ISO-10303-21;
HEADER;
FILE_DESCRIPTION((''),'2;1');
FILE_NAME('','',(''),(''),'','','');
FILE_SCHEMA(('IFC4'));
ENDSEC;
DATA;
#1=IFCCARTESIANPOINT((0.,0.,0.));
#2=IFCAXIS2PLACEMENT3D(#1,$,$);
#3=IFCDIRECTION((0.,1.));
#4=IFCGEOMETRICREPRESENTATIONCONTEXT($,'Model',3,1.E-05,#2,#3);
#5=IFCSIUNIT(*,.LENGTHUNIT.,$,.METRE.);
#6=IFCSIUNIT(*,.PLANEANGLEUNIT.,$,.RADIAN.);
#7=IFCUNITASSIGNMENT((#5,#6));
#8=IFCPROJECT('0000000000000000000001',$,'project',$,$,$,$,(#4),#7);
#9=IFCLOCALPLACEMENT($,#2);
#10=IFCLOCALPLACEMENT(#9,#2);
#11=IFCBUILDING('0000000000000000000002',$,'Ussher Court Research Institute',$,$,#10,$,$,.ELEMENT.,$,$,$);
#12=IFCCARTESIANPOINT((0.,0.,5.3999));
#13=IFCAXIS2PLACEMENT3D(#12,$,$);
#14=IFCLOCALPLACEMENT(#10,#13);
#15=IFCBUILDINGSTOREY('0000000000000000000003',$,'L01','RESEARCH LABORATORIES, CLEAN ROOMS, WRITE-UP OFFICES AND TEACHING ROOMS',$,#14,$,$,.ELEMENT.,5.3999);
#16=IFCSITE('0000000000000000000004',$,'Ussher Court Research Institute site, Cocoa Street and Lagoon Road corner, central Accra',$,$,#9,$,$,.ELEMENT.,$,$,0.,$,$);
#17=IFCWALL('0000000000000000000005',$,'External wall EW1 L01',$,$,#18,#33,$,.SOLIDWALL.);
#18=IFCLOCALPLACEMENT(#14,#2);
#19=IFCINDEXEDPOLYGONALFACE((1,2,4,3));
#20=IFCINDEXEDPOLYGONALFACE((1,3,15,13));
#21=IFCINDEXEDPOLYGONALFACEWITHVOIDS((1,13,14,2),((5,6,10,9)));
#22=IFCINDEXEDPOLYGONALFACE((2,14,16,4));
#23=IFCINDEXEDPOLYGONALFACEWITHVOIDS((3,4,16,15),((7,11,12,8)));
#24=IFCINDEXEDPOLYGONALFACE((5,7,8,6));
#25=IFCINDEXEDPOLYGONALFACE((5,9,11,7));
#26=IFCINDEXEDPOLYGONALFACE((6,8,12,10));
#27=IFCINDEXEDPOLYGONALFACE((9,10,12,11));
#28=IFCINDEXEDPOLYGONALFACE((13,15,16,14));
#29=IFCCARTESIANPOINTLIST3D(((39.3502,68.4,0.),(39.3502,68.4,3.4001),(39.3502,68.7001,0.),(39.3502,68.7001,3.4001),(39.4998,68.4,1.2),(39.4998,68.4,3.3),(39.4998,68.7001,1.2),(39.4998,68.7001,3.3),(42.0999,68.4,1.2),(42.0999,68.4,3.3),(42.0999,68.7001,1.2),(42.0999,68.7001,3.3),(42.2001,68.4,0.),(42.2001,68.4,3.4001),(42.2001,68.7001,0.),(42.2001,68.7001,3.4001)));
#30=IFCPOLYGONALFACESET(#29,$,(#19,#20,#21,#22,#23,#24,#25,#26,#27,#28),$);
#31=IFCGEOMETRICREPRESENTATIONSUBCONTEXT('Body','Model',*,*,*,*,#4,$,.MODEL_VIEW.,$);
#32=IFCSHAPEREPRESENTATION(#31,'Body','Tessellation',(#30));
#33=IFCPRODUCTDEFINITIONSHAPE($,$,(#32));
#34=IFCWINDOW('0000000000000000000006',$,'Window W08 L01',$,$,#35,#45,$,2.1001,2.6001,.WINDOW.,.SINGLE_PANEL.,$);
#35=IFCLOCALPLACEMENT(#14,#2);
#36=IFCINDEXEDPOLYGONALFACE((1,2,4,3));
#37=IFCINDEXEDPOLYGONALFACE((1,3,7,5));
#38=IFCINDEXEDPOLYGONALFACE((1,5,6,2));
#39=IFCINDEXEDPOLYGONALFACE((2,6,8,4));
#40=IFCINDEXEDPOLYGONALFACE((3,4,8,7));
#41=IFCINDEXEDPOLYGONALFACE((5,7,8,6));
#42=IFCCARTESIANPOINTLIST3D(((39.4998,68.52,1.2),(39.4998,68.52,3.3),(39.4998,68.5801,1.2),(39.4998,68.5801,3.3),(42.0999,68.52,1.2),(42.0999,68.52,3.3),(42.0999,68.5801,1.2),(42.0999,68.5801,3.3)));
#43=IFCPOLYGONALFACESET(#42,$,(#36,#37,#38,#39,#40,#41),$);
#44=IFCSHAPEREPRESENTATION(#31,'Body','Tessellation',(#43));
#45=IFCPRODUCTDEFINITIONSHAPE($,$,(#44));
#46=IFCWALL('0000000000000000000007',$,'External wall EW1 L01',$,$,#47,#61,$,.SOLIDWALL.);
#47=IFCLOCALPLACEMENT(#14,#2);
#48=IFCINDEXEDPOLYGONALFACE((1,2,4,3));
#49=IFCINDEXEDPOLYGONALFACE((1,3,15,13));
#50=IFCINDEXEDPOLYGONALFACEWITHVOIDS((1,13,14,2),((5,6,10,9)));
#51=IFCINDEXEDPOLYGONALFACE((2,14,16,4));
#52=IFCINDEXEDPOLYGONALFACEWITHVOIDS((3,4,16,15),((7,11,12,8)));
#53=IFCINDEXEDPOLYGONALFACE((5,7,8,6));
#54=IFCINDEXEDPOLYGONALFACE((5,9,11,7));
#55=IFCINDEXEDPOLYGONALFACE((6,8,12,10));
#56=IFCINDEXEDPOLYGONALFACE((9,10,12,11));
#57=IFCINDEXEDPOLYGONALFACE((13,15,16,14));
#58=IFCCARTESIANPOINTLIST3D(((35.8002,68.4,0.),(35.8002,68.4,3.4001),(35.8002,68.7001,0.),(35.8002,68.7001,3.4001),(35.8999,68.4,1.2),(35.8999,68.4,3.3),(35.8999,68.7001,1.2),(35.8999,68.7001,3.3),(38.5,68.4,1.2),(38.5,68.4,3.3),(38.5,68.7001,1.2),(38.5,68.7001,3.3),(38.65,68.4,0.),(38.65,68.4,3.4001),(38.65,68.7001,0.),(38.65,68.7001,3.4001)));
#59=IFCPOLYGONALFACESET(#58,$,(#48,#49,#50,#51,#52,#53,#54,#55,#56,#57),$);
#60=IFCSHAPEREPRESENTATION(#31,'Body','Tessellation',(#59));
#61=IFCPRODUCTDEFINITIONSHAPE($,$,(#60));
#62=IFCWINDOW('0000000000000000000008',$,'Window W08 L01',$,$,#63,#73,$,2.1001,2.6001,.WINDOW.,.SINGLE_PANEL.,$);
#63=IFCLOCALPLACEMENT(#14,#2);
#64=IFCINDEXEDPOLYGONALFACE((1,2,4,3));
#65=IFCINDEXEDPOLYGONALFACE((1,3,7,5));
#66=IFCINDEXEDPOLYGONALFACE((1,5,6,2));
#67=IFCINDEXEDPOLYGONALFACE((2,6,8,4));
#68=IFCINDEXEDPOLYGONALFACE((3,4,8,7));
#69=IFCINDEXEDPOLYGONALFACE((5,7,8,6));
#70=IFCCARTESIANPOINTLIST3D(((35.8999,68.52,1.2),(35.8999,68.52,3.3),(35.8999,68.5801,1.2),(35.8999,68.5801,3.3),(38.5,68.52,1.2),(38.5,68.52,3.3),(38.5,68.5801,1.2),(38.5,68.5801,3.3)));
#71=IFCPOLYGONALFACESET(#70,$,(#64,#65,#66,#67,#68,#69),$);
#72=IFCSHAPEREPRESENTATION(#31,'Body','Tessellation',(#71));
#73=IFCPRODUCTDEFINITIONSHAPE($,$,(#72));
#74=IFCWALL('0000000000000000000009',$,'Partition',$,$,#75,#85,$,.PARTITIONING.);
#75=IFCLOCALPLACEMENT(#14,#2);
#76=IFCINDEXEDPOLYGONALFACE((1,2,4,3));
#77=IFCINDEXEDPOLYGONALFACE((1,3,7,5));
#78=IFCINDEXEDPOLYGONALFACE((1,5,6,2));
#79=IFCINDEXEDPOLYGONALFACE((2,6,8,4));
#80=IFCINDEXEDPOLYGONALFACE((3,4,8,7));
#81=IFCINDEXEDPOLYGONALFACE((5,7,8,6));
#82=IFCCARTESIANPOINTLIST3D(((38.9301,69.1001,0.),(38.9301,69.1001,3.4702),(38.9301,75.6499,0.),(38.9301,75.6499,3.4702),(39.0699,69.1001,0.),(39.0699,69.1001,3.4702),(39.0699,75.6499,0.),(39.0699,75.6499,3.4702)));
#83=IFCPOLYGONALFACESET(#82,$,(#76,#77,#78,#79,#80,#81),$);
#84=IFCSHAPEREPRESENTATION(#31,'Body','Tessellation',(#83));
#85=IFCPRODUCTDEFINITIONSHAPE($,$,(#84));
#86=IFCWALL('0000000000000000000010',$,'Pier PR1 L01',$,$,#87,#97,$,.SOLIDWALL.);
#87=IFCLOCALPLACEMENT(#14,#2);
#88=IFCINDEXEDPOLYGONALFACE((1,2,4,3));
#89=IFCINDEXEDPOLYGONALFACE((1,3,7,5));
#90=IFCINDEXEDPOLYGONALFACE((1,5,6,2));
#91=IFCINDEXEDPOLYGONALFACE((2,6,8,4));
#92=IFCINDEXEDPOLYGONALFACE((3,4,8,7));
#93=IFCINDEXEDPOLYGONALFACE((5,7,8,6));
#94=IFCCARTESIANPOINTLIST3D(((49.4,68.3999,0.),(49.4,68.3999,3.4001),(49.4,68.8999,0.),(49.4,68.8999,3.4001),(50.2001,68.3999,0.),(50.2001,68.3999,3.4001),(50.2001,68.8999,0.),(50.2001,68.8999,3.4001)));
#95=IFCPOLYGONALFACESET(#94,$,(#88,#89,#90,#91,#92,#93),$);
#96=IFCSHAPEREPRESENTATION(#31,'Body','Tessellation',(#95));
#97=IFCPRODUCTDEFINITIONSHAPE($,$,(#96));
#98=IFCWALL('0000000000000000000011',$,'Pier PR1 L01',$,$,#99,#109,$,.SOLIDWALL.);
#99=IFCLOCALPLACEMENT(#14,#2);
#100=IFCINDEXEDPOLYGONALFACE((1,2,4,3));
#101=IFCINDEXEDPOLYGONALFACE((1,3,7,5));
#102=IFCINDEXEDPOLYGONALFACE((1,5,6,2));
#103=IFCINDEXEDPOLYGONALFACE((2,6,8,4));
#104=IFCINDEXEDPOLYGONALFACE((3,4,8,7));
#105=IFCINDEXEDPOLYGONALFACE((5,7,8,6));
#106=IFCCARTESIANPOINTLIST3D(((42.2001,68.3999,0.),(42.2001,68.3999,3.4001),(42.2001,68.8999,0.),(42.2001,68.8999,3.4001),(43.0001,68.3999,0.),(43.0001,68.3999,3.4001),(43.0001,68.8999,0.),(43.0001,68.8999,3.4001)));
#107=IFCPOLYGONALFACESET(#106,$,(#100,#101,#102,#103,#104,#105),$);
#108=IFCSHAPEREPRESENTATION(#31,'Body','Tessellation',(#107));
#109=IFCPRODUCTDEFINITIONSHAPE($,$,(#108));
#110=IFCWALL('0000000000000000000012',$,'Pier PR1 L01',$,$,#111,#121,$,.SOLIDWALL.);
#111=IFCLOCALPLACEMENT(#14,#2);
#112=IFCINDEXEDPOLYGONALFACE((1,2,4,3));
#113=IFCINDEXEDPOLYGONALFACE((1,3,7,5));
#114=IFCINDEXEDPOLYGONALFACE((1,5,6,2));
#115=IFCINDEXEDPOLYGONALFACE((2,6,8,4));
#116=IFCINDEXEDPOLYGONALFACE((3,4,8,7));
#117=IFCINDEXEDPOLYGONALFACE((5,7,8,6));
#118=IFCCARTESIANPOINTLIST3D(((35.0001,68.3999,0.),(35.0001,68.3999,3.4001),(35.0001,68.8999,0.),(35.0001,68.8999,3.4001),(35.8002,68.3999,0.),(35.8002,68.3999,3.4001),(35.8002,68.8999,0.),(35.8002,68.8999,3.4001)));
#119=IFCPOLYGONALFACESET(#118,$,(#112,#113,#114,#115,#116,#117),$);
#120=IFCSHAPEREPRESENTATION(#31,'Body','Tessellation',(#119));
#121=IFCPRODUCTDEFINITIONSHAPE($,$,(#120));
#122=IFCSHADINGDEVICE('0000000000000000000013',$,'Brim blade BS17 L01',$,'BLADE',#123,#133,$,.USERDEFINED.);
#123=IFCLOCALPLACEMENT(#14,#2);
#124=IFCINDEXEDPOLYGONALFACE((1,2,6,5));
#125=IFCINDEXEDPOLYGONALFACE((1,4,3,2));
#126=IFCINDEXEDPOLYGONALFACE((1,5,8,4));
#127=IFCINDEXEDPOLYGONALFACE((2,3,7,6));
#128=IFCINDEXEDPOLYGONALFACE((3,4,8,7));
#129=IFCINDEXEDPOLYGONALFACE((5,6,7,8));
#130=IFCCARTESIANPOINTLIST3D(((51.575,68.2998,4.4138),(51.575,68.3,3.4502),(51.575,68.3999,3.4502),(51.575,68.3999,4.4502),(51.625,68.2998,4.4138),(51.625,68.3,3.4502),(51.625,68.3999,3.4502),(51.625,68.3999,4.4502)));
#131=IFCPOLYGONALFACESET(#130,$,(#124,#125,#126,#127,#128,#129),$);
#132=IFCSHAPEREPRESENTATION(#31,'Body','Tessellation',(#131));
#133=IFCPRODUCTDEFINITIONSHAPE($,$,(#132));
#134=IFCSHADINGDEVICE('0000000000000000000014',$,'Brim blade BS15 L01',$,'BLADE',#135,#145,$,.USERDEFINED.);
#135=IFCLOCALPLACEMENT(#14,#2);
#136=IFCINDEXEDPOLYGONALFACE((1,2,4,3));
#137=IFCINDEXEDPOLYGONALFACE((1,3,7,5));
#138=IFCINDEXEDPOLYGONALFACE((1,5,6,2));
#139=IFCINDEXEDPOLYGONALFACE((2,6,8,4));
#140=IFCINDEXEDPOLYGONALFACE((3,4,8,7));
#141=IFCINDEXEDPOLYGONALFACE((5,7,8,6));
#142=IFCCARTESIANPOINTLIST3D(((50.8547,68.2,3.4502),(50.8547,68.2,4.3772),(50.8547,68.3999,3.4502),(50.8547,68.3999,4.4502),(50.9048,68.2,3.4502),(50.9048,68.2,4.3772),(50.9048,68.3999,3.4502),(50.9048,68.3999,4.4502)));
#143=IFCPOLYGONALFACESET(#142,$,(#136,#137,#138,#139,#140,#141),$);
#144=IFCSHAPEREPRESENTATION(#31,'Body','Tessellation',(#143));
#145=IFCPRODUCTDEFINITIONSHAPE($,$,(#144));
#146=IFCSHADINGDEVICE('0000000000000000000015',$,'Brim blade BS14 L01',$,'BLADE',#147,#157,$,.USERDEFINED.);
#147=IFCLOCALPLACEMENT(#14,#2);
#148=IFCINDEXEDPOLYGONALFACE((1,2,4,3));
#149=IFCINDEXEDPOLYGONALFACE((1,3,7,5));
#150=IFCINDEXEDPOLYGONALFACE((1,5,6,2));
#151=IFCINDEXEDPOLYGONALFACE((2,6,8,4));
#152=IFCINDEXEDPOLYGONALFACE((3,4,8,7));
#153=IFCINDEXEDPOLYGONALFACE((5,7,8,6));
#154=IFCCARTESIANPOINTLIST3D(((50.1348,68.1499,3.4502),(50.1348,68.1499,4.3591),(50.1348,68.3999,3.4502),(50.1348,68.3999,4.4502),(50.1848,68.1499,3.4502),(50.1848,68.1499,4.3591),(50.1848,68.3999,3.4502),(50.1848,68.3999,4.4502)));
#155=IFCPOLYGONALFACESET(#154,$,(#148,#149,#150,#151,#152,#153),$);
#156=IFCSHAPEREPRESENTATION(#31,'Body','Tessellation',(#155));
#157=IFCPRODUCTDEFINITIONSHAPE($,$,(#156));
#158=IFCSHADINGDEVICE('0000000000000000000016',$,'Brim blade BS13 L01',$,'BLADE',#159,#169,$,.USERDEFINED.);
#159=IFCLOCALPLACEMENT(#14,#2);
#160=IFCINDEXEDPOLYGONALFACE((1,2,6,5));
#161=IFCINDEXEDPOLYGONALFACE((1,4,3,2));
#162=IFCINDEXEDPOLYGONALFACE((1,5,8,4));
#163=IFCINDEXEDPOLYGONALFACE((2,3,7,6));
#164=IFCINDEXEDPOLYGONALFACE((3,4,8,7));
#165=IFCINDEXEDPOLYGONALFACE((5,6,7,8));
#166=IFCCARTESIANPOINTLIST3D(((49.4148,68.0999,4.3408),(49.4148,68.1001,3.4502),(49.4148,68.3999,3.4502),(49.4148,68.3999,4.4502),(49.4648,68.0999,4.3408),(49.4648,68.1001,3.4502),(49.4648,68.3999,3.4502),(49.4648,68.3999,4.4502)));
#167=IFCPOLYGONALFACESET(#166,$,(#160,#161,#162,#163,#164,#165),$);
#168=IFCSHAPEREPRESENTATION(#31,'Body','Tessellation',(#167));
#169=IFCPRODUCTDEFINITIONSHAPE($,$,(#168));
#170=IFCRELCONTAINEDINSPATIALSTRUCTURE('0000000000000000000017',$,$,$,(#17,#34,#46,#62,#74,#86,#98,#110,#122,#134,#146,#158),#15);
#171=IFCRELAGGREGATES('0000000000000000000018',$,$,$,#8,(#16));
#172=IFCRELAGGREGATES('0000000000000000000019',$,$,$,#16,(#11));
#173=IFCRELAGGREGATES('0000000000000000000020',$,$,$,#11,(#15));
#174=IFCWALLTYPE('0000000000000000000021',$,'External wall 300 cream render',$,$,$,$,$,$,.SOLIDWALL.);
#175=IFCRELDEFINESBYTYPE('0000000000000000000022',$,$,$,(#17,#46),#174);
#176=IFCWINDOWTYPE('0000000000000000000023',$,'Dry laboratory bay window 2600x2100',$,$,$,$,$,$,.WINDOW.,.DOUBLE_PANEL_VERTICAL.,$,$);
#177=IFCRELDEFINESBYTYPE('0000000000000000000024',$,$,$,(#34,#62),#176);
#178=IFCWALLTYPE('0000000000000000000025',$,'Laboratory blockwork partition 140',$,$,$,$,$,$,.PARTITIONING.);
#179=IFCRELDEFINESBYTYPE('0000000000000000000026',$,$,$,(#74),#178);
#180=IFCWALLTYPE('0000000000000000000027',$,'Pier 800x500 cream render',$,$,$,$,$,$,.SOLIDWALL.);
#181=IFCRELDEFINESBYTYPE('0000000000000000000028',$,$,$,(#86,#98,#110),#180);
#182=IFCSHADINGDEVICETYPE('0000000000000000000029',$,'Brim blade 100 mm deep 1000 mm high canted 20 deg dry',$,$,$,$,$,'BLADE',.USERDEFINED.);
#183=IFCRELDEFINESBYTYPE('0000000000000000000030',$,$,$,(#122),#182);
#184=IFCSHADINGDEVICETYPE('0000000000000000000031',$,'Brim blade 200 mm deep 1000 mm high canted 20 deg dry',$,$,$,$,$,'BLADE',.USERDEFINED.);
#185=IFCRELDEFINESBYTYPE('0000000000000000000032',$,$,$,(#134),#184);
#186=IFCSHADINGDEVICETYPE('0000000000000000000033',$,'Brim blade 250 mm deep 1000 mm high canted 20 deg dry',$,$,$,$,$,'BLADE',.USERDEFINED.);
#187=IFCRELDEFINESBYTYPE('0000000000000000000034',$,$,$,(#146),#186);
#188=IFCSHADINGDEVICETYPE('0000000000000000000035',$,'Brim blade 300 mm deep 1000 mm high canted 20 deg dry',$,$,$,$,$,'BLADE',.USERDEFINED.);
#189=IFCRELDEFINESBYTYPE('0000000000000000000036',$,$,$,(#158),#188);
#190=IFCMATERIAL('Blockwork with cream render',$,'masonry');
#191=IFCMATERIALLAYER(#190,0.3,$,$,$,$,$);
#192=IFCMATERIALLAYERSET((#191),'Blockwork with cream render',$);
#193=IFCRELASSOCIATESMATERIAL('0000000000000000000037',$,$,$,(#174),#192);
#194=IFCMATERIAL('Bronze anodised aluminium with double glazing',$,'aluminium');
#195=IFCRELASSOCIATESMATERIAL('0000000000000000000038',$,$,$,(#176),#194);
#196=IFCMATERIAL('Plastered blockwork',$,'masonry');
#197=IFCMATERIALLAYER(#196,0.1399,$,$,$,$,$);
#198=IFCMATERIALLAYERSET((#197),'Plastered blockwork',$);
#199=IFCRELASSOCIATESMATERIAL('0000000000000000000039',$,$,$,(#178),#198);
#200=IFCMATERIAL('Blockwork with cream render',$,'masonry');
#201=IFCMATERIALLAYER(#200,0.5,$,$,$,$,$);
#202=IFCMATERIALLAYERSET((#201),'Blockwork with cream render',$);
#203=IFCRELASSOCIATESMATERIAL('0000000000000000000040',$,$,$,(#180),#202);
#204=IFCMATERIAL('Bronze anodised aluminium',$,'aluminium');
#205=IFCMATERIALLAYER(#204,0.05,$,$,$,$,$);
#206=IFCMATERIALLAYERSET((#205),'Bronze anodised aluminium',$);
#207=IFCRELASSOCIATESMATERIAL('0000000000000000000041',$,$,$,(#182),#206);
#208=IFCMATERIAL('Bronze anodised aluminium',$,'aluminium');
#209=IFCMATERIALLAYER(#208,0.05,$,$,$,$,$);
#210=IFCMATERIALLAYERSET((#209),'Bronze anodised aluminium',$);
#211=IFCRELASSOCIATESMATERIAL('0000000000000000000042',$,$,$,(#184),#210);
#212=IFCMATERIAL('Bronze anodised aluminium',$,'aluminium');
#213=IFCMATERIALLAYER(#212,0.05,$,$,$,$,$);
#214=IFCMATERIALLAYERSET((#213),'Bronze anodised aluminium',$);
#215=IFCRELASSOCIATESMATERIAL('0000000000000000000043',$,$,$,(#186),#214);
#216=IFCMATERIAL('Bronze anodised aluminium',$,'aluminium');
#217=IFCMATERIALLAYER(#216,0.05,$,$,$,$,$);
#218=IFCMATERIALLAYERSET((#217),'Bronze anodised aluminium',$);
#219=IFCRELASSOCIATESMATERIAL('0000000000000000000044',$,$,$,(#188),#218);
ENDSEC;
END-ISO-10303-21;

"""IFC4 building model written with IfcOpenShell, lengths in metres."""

from ifc_helpers import new_model, si_unit, direction, frame, frame_2d, origin, place, context, subcontext, project, spatial, polyline, rectangle, outline, extrude, material, layer, layer_set, type_object, element, fill, save


model = new_model("IFC4")

# Units and contexts
model_context = context("Model", 3, precision=1e-05, world=origin(), true_north=direction((0.0, 1.0)))
body_context = subcontext(model_context, "Body", "Model", "MODEL_VIEW")
ifc_project = project(units=[si_unit("LENGTHUNIT", "METRE"), si_unit("PLANEANGLEUNIT", "RADIAN")], contexts=[model_context])

# Site, building, storey
site_placement = place(None, origin())
site = spatial("IfcSite", under=ifc_project, at=site_placement, Name="Ussher Court Research Institute site, Cocoa Street and Lagoon Road corner, central Accra", CompositionType="ELEMENT", RefElevation=0.0)
building_placement = place(site_placement, origin())
building = spatial("IfcBuilding", under=site, at=building_placement, Name="Ussher Court Research Institute", CompositionType="ELEMENT")
storey_placement = place(building_placement, frame((0.0, 0.0, 5.3999)))
storey = spatial("IfcBuildingStorey", under=building, at=storey_placement, Name="L01", Description="RESEARCH LABORATORIES, CLEAN ROOMS, WRITE-UP OFFICES AND TEACHING ROOMS", CompositionType="ELEMENT", Elevation=5.3999)

# Walls, openings, windows
ifc_material_1 = material(Name="Blockwork with cream render", Category="masonry")
ifc_layer_1 = layer(ifc_material_1, 0.3)
ifc_layer_set_1 = layer_set([ifc_layer_1], Name="Blockwork with cream render")
wall_type_1 = type_object("IfcWallType", Name="External wall 300 cream render", PredefinedType="SOLIDWALL", material=ifc_layer_set_1)
ifc_material_2 = material(Name="Bronze anodised aluminium with double glazing", Category="aluminium")
window_type = type_object("IfcWindowType", Name="Dry laboratory bay window 2600x2100", PartitioningType="DOUBLE_PANEL_VERTICAL", PredefinedType="WINDOW", material=ifc_material_2)
wall_1_placement = place(storey_placement, frame((42.2, 68.55, 0.0), z_axis=(0.0, 0.0, 1.0), x_axis=(-1.0, 0.0, 0.0)))
wall_1 = element("IfcWall", 1, at=wall_1_placement, inside=storey, type_object=wall_type_1, Name="External wall EW1 L01", PredefinedType="SOLIDWALL", context=body_context, shape_type="SweptSolid", body=[
    extrude(rectangle(XDim=2.8499, YDim=0.3, at=frame_2d((1.4248, 0.0))), origin(), (0.0, 0.0, 1.0), 3.4001),
])
opening_1_placement = place(wall_1_placement, frame((0.1001, 0.0, 1.2)))
opening_1 = element("IfcOpeningElement", 2, at=opening_1_placement, cuts=wall_1, PredefinedType="OPENING", context=body_context, shape_type="SweptSolid", body=[
    extrude(rectangle(XDim=2.6001, YDim=2.1001, at=frame_2d((1.3, 1.05))), frame((0.0, 0.1602, 0.0), z_axis=(0.0, -1.0, 0.0), x_axis=(1.0, 0.0, 0.0)), (0.0, 0.0, 1.0), 0.3201),
])
window_1_placement = place(opening_1_placement, origin())
window_1 = element("IfcWindow", 3, at=window_1_placement, inside=storey, type_object=window_type, Name="Window W08 L01", OverallHeight=2.1001, OverallWidth=2.6001, PartitioningType="SINGLE_PANEL", PredefinedType="WINDOW", context=body_context, shape_type="SweptSolid", body=[
    extrude(rectangle(XDim=2.6001, YDim=2.1001, at=frame_2d((1.3, 1.05))), frame((0.0, 0.03, 0.0), z_axis=(0.0, -1.0, 0.0), x_axis=(1.0, 0.0, 0.0)), (0.0, 0.0, 1.0), 0.0601),
])
fill(opening_1, window_1)
wall_2_placement = place(storey_placement, frame((38.6499, 68.55, 0.0), z_axis=(0.0, 0.0, 1.0), x_axis=(-1.0, 0.0, 0.0)))
wall_2 = element("IfcWall", 4, at=wall_2_placement, inside=storey, type_object=wall_type_1, Name="External wall EW1 L01", PredefinedType="SOLIDWALL", context=body_context, shape_type="SweptSolid", body=[
    extrude(rectangle(XDim=2.8499, YDim=0.3, at=frame_2d((1.4248, 0.0))), origin(), (0.0, 0.0, 1.0), 3.4001),
])
opening_2_placement = place(wall_2_placement, frame((0.1499, 0.0, 1.2)))
opening_2 = element("IfcOpeningElement", 5, at=opening_2_placement, cuts=wall_2, PredefinedType="OPENING", context=body_context, shape_type="SweptSolid", body=[
    extrude(rectangle(XDim=2.6001, YDim=2.1001, at=frame_2d((1.3, 1.05))), frame((0.0, 0.1602, 0.0), z_axis=(0.0, -1.0, 0.0), x_axis=(1.0, 0.0, 0.0)), (0.0, 0.0, 1.0), 0.3201),
])
window_2_placement = place(opening_2_placement, origin())
window_2 = element("IfcWindow", 6, at=window_2_placement, inside=storey, type_object=window_type, Name="Window W08 L01", OverallHeight=2.1001, OverallWidth=2.6001, PartitioningType="SINGLE_PANEL", PredefinedType="WINDOW", context=body_context, shape_type="SweptSolid", body=[
    extrude(rectangle(XDim=2.6001, YDim=2.1001, at=frame_2d((1.3, 1.05))), frame((0.0, 0.03, 0.0), z_axis=(0.0, -1.0, 0.0), x_axis=(1.0, 0.0, 0.0)), (0.0, 0.0, 1.0), 0.0601),
])
fill(opening_2, window_2)

# Walls
ifc_material_3 = material(Name="Plastered blockwork", Category="masonry")
ifc_layer_2 = layer(ifc_material_3, 0.1399)
ifc_layer_set_2 = layer_set([ifc_layer_2], Name="Plastered blockwork")
wall_type_2 = type_object("IfcWallType", Name="Laboratory blockwork partition 140", PredefinedType="PARTITIONING", material=ifc_layer_set_2)
wall_3_placement = place(storey_placement, frame((39.0, 69.1001, 0.0), z_axis=(0.0, 0.0, 1.0), x_axis=(0.0, 1.0, 0.0)))
element("IfcWall", 7, at=wall_3_placement, inside=storey, type_object=wall_type_2, Name="Partition", PredefinedType="PARTITIONING", context=body_context, shape_type="SweptSolid", body=[
    extrude(rectangle(XDim=6.5498, YDim=0.1399, at=frame_2d((3.2749, 0.0))), origin(), (0.0, 0.0, 1.0), 3.4702),
])
ifc_material_4 = material(Name="Blockwork with cream render", Category="masonry")
ifc_layer_3 = layer(ifc_material_4, 0.5)
ifc_layer_set_3 = layer_set([ifc_layer_3], Name="Blockwork with cream render")
wall_type_3 = type_object("IfcWallType", Name="Pier 800x500 cream render", PredefinedType="SOLIDWALL", material=ifc_layer_set_3)
for number, where, z_axis, x_axis, name in (
    (8, (50.2, 68.6499, 0.0), (0.0, 0.0, 1.0), (-1.0, 0.0, 0.0), "Pier PR1 L01"),
    (9, (43.0, 68.6499, 0.0), (0.0, 0.0, 1.0), (-1.0, 0.0, 0.0), "Pier PR1 L01"),
    (10, (35.8, 68.6499, 0.0), (0.0, 0.0, 1.0), (-1.0, 0.0, 0.0), "Pier PR1 L01"),
):
    element("IfcWall", number, at=place(storey_placement, frame(where, z_axis=z_axis, x_axis=x_axis)), inside=storey, type_object=wall_type_3, Name=name, PredefinedType="SOLIDWALL", context=body_context, shape_type="SweptSolid", body=[
        extrude(rectangle(XDim=0.8, YDim=0.5, at=frame_2d((0.3999, 0.0))), origin(), (0.0, 0.0, 1.0), 3.4001),
    ])

# Shading devices
ifc_material_5 = material(Name="Bronze anodised aluminium", Category="aluminium")
ifc_layer_4 = layer(ifc_material_5, 0.05)
ifc_layer_set_4 = layer_set([ifc_layer_4], Name="Bronze anodised aluminium")
shading_device_type_1 = type_object("IfcShadingDeviceType", Name="Brim blade 100 mm deep 1000 mm high canted 20 deg dry", ElementType="BLADE", PredefinedType="USERDEFINED", material=ifc_layer_set_4)
shading_device_1_placement = place(storey_placement, frame((51.6001, 68.3999, 3.4502), z_axis=(0.0, 0.0, 1.0), x_axis=(0.0, -1.0, 0.0)))
element("IfcShadingDevice", 11, at=shading_device_1_placement, inside=storey, type_object=shading_device_type_1, Name="Brim blade BS17 L01", ObjectType="BLADE", PredefinedType="USERDEFINED", context=body_context, shape_type="SweptSolid", body=[
    extrude(outline(polyline([(0.0, 0.0), (0.0999, 0.0), (0.1001, 0.9636), (0.0, 1.0), (0.0, 0.0)])), frame((0.0, 0.0249, 0.0), z_axis=(0.0, -1.0, 0.0), x_axis=(1.0, 0.0, 0.0)), (0.0, 0.0, 1.0), 0.05),
])
ifc_material_6 = material(Name="Bronze anodised aluminium", Category="aluminium")
ifc_layer_5 = layer(ifc_material_6, 0.05)
ifc_layer_set_5 = layer_set([ifc_layer_5], Name="Bronze anodised aluminium")
shading_device_type_2 = type_object("IfcShadingDeviceType", Name="Brim blade 200 mm deep 1000 mm high canted 20 deg dry", ElementType="BLADE", PredefinedType="USERDEFINED", material=ifc_layer_set_5)
shading_device_2_placement = place(storey_placement, frame((50.8799, 68.3999, 3.4502), z_axis=(0.0, 0.0, 1.0), x_axis=(0.0, -1.0, 0.0)))
element("IfcShadingDevice", 12, at=shading_device_2_placement, inside=storey, type_object=shading_device_type_2, Name="Brim blade BS15 L01", ObjectType="BLADE", PredefinedType="USERDEFINED", context=body_context, shape_type="SweptSolid", body=[
    extrude(outline(polyline([(0.0, 0.0), (0.2, 0.0), (0.2, 0.927), (0.0, 1.0), (0.0, 0.0)])), frame((0.0, 0.0249, 0.0), z_axis=(0.0, -1.0, 0.0), x_axis=(1.0, 0.0, 0.0)), (0.0, 0.0, 1.0), 0.05),
])
ifc_material_7 = material(Name="Bronze anodised aluminium", Category="aluminium")
ifc_layer_6 = layer(ifc_material_7, 0.05)
ifc_layer_set_6 = layer_set([ifc_layer_6], Name="Bronze anodised aluminium")
shading_device_type_3 = type_object("IfcShadingDeviceType", Name="Brim blade 250 mm deep 1000 mm high canted 20 deg dry", ElementType="BLADE", PredefinedType="USERDEFINED", material=ifc_layer_set_6)
shading_device_3_placement = place(storey_placement, frame((50.1599, 68.3999, 3.4502), z_axis=(0.0, 0.0, 1.0), x_axis=(0.0, -1.0, 0.0)))
element("IfcShadingDevice", 13, at=shading_device_3_placement, inside=storey, type_object=shading_device_type_3, Name="Brim blade BS14 L01", ObjectType="BLADE", PredefinedType="USERDEFINED", context=body_context, shape_type="SweptSolid", body=[
    extrude(outline(polyline([(0.0, 0.0), (0.25, 0.0), (0.25, 0.9089), (0.0, 1.0), (0.0, 0.0)])), frame((0.0, 0.0249, 0.0), z_axis=(0.0, -1.0, 0.0), x_axis=(1.0, 0.0, 0.0)), (0.0, 0.0, 1.0), 0.05),
])
ifc_material_8 = material(Name="Bronze anodised aluminium", Category="aluminium")
ifc_layer_7 = layer(ifc_material_8, 0.05)
ifc_layer_set_7 = layer_set([ifc_layer_7], Name="Bronze anodised aluminium")
shading_device_type_4 = type_object("IfcShadingDeviceType", Name="Brim blade 300 mm deep 1000 mm high canted 20 deg dry", ElementType="BLADE", PredefinedType="USERDEFINED", material=ifc_layer_set_7)
shading_device_4_placement = place(storey_placement, frame((49.4399, 68.3999, 3.4502), z_axis=(0.0, 0.0, 1.0), x_axis=(0.0, -1.0, 0.0)))
element("IfcShadingDevice", 14, at=shading_device_4_placement, inside=storey, type_object=shading_device_type_4, Name="Brim blade BS13 L01", ObjectType="BLADE", PredefinedType="USERDEFINED", context=body_context, shape_type="SweptSolid", body=[
    extrude(outline(polyline([(0.0, 0.0), (0.2998, 0.0), (0.3, 0.8906), (0.0, 1.0), (0.0, 0.0)])), frame((0.0, 0.0249, 0.0), z_axis=(0.0, -1.0, 0.0), x_axis=(1.0, 0.0, 0.0)), (0.0, 0.0, 1.0), 0.05),
])

save(model, "model.ifc")
